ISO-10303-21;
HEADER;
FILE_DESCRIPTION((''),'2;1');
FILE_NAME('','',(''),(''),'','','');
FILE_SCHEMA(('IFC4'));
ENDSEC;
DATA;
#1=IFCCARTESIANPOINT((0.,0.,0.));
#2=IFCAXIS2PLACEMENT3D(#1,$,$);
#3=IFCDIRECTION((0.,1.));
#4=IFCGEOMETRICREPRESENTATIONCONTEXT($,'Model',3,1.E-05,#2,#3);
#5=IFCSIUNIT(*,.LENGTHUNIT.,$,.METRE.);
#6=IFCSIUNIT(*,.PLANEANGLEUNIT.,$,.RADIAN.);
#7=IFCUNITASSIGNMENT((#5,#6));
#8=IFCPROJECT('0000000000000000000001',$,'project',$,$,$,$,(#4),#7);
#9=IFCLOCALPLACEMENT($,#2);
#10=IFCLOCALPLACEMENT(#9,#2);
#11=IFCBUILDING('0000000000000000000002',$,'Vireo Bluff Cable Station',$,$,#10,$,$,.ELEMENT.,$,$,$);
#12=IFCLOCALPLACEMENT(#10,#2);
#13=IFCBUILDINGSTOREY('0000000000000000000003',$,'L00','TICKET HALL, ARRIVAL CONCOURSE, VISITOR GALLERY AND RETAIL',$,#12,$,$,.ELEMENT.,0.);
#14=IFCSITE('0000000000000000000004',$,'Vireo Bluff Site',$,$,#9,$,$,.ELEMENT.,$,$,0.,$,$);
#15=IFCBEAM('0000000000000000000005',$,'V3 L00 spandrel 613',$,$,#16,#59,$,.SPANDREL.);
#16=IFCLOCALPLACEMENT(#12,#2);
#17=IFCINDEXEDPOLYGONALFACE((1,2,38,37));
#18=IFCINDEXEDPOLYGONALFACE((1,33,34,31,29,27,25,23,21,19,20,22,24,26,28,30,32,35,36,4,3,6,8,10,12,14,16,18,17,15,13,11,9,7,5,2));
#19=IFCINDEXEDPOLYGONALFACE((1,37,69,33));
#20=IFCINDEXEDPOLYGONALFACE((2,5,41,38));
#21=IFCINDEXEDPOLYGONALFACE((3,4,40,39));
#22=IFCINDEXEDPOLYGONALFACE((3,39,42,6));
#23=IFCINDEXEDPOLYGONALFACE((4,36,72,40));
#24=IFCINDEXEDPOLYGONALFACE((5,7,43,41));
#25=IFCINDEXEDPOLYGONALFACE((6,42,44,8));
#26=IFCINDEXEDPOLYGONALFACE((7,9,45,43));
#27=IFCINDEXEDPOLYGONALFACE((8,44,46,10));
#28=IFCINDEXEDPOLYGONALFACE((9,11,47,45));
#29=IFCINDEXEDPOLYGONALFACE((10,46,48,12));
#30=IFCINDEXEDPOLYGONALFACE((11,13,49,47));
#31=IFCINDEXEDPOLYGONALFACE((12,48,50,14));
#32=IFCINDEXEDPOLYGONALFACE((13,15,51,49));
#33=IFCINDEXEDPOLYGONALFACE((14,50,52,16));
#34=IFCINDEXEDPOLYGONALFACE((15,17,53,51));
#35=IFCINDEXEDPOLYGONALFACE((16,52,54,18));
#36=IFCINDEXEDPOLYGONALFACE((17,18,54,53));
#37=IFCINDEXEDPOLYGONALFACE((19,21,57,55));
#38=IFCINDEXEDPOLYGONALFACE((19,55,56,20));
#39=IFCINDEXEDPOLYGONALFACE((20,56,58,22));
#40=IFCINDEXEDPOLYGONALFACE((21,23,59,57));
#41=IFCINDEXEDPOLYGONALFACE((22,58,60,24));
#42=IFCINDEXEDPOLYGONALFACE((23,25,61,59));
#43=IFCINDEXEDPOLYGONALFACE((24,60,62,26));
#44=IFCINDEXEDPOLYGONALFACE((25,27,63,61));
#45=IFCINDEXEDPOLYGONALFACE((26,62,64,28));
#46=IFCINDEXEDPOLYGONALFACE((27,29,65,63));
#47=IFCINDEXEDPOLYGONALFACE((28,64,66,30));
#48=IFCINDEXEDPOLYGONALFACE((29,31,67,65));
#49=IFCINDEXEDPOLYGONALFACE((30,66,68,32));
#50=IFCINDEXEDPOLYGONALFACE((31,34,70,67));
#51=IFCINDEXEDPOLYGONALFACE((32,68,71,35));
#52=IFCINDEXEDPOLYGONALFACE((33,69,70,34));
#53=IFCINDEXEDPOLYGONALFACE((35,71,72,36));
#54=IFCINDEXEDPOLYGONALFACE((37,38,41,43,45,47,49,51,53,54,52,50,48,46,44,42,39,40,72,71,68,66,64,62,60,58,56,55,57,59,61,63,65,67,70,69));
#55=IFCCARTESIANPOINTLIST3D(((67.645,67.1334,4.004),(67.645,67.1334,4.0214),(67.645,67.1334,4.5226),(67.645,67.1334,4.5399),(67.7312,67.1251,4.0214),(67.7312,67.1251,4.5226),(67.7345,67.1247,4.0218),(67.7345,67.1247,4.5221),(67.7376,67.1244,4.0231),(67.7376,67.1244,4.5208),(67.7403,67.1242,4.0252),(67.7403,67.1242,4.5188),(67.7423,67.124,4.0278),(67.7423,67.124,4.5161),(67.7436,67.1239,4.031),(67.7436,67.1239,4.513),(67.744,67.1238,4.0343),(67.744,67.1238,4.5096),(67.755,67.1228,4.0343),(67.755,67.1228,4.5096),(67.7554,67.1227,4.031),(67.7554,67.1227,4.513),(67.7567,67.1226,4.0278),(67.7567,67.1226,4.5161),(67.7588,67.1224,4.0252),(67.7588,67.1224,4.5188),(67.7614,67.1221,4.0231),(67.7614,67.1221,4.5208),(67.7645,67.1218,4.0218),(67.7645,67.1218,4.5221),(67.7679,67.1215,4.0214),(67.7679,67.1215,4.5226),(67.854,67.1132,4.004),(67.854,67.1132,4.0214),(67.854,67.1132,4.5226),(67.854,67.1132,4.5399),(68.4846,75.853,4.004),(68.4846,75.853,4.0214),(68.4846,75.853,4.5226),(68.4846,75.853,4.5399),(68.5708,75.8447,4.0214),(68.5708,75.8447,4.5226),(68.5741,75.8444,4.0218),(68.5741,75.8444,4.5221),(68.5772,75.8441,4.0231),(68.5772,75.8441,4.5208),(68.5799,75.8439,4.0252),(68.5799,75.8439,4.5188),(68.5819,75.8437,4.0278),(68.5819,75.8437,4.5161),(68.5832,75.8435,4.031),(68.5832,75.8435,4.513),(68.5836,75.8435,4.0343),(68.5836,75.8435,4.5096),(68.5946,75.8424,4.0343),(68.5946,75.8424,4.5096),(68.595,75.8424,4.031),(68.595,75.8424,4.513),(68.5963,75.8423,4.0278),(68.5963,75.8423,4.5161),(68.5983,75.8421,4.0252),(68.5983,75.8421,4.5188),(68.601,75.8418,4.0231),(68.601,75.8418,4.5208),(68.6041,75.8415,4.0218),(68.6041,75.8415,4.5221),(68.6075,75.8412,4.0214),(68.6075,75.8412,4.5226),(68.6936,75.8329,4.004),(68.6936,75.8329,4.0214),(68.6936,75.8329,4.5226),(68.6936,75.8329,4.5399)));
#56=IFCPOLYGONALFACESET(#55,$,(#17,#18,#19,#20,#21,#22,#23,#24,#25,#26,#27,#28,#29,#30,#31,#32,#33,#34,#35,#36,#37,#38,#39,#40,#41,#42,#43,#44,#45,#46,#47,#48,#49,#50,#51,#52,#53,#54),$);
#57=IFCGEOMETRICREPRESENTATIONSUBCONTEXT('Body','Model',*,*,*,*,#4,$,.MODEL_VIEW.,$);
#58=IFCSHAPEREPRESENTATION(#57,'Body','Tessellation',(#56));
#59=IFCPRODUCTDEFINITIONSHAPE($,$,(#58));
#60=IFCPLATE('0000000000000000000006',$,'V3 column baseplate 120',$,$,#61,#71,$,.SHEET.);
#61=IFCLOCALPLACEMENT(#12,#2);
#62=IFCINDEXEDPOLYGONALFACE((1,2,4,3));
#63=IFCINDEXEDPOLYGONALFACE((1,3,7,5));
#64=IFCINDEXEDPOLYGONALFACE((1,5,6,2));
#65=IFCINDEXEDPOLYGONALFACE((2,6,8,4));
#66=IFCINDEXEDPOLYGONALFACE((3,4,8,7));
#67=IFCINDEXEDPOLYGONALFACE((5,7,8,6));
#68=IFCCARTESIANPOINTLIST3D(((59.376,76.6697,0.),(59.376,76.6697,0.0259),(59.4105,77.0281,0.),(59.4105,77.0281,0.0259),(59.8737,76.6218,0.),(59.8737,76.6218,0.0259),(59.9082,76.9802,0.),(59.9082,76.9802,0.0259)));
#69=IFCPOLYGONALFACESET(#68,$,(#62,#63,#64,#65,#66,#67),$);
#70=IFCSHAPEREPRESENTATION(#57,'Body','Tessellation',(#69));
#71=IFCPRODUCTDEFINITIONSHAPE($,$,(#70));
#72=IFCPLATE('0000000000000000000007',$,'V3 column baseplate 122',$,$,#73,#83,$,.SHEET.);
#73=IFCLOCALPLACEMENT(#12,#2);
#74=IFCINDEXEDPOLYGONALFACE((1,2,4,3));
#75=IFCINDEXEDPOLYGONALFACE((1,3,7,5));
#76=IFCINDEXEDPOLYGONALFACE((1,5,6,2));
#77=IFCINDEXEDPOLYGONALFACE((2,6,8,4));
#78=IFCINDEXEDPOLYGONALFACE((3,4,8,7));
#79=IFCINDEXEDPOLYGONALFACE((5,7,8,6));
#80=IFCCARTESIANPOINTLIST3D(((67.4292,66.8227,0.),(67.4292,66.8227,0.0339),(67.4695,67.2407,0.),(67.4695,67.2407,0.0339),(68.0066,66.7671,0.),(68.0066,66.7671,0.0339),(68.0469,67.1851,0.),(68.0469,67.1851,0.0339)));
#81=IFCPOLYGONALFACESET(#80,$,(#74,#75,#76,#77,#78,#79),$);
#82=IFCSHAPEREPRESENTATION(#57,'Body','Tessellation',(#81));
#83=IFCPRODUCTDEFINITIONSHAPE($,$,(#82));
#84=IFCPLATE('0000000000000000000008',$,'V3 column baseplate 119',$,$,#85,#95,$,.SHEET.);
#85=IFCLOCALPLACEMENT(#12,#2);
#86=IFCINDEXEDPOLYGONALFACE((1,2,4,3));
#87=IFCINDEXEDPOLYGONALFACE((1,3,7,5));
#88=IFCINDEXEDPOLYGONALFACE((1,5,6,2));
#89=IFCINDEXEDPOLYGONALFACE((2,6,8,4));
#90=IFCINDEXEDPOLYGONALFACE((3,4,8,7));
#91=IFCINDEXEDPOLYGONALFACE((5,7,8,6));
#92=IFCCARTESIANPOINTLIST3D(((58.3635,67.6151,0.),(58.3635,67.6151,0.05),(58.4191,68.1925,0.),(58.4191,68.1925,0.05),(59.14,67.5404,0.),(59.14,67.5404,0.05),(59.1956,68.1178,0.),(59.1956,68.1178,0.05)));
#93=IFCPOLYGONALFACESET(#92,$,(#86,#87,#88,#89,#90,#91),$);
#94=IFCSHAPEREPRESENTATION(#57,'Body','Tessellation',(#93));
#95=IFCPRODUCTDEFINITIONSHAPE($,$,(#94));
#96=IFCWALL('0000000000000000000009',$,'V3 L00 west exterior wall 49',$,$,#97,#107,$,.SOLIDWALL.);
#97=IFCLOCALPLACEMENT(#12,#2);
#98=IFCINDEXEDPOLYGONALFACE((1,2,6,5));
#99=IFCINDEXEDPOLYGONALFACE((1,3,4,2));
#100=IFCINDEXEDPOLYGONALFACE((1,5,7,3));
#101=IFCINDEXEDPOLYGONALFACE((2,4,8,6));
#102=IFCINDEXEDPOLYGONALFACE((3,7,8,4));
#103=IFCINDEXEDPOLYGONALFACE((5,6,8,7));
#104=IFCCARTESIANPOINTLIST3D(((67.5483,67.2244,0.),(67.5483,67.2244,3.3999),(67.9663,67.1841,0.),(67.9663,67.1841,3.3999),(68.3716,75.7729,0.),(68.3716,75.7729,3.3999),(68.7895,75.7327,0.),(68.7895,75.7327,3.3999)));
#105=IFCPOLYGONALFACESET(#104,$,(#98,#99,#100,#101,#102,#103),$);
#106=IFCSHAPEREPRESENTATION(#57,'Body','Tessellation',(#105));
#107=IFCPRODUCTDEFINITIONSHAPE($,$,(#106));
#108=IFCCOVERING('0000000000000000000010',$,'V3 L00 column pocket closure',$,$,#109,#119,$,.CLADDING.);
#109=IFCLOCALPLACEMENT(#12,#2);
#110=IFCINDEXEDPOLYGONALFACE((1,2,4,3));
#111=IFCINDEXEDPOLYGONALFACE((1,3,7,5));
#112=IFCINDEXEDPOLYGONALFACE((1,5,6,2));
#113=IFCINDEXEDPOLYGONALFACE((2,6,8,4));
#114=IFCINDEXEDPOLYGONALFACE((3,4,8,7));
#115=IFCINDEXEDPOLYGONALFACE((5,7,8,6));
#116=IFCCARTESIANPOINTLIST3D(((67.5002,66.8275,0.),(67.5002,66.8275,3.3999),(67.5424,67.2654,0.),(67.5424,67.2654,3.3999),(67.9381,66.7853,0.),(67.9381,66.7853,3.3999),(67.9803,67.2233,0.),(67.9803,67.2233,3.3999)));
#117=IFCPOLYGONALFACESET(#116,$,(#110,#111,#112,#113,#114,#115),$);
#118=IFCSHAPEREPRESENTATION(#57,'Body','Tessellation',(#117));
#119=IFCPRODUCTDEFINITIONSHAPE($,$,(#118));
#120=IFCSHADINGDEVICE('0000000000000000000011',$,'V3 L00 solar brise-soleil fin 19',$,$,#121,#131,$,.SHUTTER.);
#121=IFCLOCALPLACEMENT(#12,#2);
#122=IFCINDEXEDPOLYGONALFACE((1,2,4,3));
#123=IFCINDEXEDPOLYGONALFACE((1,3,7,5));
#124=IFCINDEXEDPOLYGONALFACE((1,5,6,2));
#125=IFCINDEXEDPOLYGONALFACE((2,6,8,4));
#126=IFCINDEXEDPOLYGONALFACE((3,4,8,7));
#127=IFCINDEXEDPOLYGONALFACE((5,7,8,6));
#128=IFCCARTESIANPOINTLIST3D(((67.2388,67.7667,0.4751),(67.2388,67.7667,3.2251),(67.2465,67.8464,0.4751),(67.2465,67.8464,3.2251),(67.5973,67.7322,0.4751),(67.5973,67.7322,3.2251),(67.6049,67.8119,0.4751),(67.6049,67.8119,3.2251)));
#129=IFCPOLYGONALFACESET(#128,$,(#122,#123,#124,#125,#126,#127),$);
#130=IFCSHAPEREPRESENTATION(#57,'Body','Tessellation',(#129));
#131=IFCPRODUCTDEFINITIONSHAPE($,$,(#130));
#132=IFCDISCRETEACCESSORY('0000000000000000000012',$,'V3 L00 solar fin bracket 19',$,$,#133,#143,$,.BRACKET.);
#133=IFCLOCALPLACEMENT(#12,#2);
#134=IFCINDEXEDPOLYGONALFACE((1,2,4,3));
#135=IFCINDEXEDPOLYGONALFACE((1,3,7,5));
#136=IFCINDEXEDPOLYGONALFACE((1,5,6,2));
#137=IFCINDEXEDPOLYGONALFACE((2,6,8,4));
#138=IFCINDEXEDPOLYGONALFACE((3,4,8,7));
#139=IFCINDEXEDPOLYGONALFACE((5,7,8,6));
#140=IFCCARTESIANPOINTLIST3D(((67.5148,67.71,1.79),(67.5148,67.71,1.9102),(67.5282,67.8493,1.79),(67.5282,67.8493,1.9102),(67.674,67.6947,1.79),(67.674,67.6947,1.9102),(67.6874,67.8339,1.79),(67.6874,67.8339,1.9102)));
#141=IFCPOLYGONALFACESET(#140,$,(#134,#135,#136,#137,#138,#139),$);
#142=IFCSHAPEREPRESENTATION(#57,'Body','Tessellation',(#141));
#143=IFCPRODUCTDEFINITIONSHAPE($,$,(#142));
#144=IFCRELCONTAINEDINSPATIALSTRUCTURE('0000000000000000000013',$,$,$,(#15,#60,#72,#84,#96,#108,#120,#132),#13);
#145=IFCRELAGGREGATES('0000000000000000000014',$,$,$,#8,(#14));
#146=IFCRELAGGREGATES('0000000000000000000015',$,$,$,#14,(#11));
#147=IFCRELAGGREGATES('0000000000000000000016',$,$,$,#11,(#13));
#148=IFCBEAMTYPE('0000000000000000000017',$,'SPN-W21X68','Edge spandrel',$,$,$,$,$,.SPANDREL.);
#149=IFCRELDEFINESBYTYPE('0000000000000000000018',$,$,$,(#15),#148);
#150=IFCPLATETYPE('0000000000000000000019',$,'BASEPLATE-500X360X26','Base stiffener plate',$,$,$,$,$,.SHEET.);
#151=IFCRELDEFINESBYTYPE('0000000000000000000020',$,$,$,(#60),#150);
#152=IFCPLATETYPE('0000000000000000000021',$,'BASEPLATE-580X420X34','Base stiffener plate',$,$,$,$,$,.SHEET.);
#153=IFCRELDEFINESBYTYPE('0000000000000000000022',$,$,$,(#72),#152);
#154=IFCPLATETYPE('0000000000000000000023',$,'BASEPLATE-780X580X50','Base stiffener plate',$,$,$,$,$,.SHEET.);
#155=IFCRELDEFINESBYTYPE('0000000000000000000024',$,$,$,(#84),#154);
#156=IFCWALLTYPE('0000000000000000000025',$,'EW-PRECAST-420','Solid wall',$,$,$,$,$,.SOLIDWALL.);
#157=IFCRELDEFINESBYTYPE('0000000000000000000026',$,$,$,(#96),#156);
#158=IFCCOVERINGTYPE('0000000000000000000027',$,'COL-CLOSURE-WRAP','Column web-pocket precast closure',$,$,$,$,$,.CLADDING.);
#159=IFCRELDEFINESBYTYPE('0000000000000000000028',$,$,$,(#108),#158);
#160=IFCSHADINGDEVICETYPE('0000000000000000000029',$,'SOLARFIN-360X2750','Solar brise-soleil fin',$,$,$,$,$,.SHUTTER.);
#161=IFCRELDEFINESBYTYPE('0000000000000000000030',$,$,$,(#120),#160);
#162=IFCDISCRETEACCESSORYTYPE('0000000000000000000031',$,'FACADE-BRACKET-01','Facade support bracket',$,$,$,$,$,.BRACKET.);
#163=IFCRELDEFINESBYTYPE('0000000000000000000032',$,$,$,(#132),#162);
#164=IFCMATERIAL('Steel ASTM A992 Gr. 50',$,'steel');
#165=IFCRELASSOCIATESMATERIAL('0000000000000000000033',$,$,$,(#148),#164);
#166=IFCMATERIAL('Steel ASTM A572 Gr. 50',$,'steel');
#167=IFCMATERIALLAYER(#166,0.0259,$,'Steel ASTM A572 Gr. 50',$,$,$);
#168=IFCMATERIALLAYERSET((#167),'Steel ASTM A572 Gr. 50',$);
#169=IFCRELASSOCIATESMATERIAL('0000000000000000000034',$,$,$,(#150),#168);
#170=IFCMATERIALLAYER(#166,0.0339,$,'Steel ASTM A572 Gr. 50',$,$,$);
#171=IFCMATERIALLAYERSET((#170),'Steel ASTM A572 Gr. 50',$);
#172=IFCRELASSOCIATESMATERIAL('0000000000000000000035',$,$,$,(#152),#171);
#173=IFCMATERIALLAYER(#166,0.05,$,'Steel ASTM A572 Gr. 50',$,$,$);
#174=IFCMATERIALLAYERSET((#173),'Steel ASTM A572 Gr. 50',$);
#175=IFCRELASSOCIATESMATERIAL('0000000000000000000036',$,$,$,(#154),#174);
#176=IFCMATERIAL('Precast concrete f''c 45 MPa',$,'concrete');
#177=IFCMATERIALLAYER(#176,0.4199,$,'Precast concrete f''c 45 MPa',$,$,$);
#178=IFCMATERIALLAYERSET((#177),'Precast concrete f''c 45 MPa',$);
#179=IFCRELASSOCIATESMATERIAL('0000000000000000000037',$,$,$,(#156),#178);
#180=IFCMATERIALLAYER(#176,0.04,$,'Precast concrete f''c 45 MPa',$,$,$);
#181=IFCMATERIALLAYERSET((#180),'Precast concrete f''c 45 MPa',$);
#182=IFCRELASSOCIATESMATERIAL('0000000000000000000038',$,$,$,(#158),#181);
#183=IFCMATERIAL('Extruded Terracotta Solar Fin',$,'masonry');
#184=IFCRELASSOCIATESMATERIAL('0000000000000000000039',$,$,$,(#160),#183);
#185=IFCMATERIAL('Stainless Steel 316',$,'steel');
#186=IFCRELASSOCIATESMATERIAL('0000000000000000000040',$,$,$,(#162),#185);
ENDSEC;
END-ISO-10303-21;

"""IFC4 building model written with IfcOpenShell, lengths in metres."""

from ifc_helpers import new_model, si_unit, direction, frame, frame_2d, origin, origin_2d, place, context, subcontext, project, spatial, rectangle, i_section, extrude, material, layer, layer_set, material_profile, profile_set, type_object, element, save


model = new_model("IFC4")

# Units and contexts
model_context = context("Model", 3, precision=1e-05, world=origin(), true_north=direction((0.0, 1.0)))
body_context = subcontext(model_context, "Body", "Model", "MODEL_VIEW")
ifc_project = project(units=[si_unit("LENGTHUNIT", "METRE"), si_unit("PLANEANGLEUNIT", "RADIAN")], contexts=[model_context])

# Site, building, storey
site_placement = place(None, origin())
site = spatial("IfcSite", under=ifc_project, at=site_placement, Name="Vireo Bluff Site", CompositionType="ELEMENT", RefElevation=0.0)
building_placement = place(site_placement, origin())
building = spatial("IfcBuilding", under=site, at=building_placement, Name="Vireo Bluff Cable Station", CompositionType="ELEMENT")
storey_placement = place(building_placement, origin())
storey = spatial("IfcBuildingStorey", under=building, at=storey_placement, Name="L00", Description="TICKET HALL, ARRIVAL CONCOURSE, VISITOR GALLERY AND RETAIL", CompositionType="ELEMENT", Elevation=0.0)

# Shared definitions
ifc_material_1 = material(Name="Steel ASTM A992 Gr. 50", Category="steel")

# Beam
ifc_material_profile_1 = material_profile(ifc_material_1, i_section(OverallWidth=0.21, OverallDepth=0.5359, WebThickness=0.011, FlangeThickness=0.0173, FilletRadius=0.0129, at=origin_2d()), Name="W21X68")
ifc_profile_set_1 = profile_set([ifc_material_profile_1], Name="Steel ASTM A992 Gr. 50")
beam_type = type_object("IfcBeamType", Name="SPN-W21X68", Description="Edge spandrel", PredefinedType="SPANDREL", material=ifc_profile_set_1)
beam_placement = place(storey_placement, frame((67.7495, 67.1233, 4.272), z_axis=(0.095844, 0.995396, 0.0), x_axis=(-0.995396, 0.095844, 0.0)))
element("IfcBeam", 1, at=beam_placement, inside=storey, type_object=beam_type, Name="V3 L00 spandrel 613", PredefinedType="SPANDREL", context=body_context, shape_type="SweptSolid", body=[
    extrude(i_section(OverallWidth=0.21, OverallDepth=0.5359, WebThickness=0.011, FlangeThickness=0.0173, FilletRadius=0.0129, at=origin_2d()), origin(), (0.0, 0.0, 1.0), 8.76),
])

# Plates
ifc_material_2 = material(Name="Steel ASTM A572 Gr. 50", Category="steel")
ifc_layer_1 = layer(ifc_material_2, 0.0259, Name="Steel ASTM A572 Gr. 50")
ifc_layer_set_1 = layer_set([ifc_layer_1], Name="Steel ASTM A572 Gr. 50")
plate_type_1 = type_object("IfcPlateType", Name="BASEPLATE-500X360X26", Description="Base stiffener plate", PredefinedType="SHEET", material=ifc_layer_set_1)
plate_1_placement = place(storey_placement, frame((59.6421, 76.825, 0.0), z_axis=(0.0, 0.0, 1.0), x_axis=(0.995396, -0.095846, 0.0)))
element("IfcPlate", 2, at=plate_1_placement, inside=storey, type_object=plate_type_1, Name="V3 column baseplate 120", PredefinedType="SHEET", context=body_context, shape_type="SweptSolid", body=[
    extrude(rectangle(XDim=0.5, YDim=0.3601, at=origin_2d()), origin(), (0.0, 0.0, 1.0), 0.0259),
])
ifc_layer_2 = layer(ifc_material_2, 0.0339, Name="Steel ASTM A572 Gr. 50")
ifc_layer_set_2 = layer_set([ifc_layer_2], Name="Steel ASTM A572 Gr. 50")
plate_type_2 = type_object("IfcPlateType", Name="BASEPLATE-580X420X34", Description="Base stiffener plate", PredefinedType="SHEET", material=ifc_layer_set_2)
plate_2_placement = place(storey_placement, frame((67.738, 67.0039, 0.0), z_axis=(0.0, 0.0, 1.0), x_axis=(0.995396, -0.095846, 0.0)))
element("IfcPlate", 3, at=plate_2_placement, inside=storey, type_object=plate_type_2, Name="V3 column baseplate 122", PredefinedType="SHEET", context=body_context, shape_type="SweptSolid", body=[
    extrude(rectangle(XDim=0.5801, YDim=0.4199, at=origin_2d()), origin(), (0.0, 0.0, 1.0), 0.0339),
])
ifc_layer_3 = layer(ifc_material_2, 0.05, Name="Steel ASTM A572 Gr. 50")
ifc_layer_set_3 = layer_set([ifc_layer_3], Name="Steel ASTM A572 Gr. 50")
plate_type_3 = type_object("IfcPlateType", Name="BASEPLATE-780X580X50", Description="Base stiffener plate", PredefinedType="SHEET", material=ifc_layer_set_3)
plate_3_placement = place(storey_placement, frame((58.7795, 67.8665, 0.0), z_axis=(0.0, 0.0, 1.0), x_axis=(0.995396, -0.095846, 0.0)))
element("IfcPlate", 4, at=plate_3_placement, inside=storey, type_object=plate_type_3, Name="V3 column baseplate 119", PredefinedType="SHEET", context=body_context, shape_type="SweptSolid", body=[
    extrude(rectangle(XDim=0.78, YDim=0.5801, at=origin_2d()), origin(), (0.0, 0.0, 1.0), 0.05),
])

# Wall
ifc_material_3 = material(Name="Precast concrete f'c 45 MPa", Category="concrete")
ifc_layer_4 = layer(ifc_material_3, 0.4199, Name="Precast concrete f'c 45 MPa")
ifc_layer_set_4 = layer_set([ifc_layer_4], Name="Precast concrete f'c 45 MPa")
wall_type = type_object("IfcWallType", Name="EW-PRECAST-420", Description="Solid wall", PredefinedType="SOLIDWALL", material=ifc_layer_set_4)
wall_placement = place(storey_placement, frame((67.7573, 67.2043, 0.0), z_axis=(0.0, 0.0, 1.0), x_axis=(0.095858, 0.995395, 0.0)))
element("IfcWall", 5, at=wall_placement, inside=storey, type_object=wall_type, Name="V3 L00 west exterior wall 49", PredefinedType="SOLIDWALL", context=body_context, shape_type="SweptSolid", body=[
    extrude(rectangle(XDim=8.5881, YDim=0.4199, at=frame_2d((4.2939, 0.0))), origin(), (0.0, 0.0, 1.0), 3.3999),
])

# Covering
ifc_layer_5 = layer(ifc_material_3, 0.04, Name="Precast concrete f'c 45 MPa")
ifc_layer_set_5 = layer_set([ifc_layer_5], Name="Precast concrete f'c 45 MPa")
covering_type = type_object("IfcCoveringType", Name="COL-CLOSURE-WRAP", Description="Column web-pocket precast closure", PredefinedType="CLADDING", material=ifc_layer_set_5)
covering_placement = place(storey_placement, frame((67.7402, 67.0254, 0.0), z_axis=(0.0, 0.0, 1.0), x_axis=(0.995396, -0.095846, 0.0)))
element("IfcCovering", 6, at=covering_placement, inside=storey, type_object=covering_type, Name="V3 L00 column pocket closure", PredefinedType="CLADDING", context=body_context, shape_type="SweptSolid", body=[
    extrude(rectangle(XDim=0.4399, YDim=0.4399, at=origin_2d()), origin(), (0.0, 0.0, 1.0), 3.3999),
])

# Shading device
ifc_material_4 = material(Name="Extruded Terracotta Solar Fin", Category="masonry")
shading_device_type = type_object("IfcShadingDeviceType", Name="SOLARFIN-360X2750", Description="Solar brise-soleil fin", PredefinedType="SHUTTER", material=ifc_material_4)
shading_device_placement = place(storey_placement, frame((67.4219, 67.7893, 0.4751), z_axis=(0.0, 0.0, 1.0), x_axis=(0.095846, 0.995396, 0.0)))
element("IfcShadingDevice", 7, at=shading_device_placement, inside=storey, type_object=shading_device_type, Name="V3 L00 solar brise-soleil fin 19", PredefinedType="SHUTTER", context=body_context, shape_type="SweptSolid", body=[
    extrude(rectangle(XDim=0.0801, YDim=0.3601, at=origin_2d()), origin(), (0.0, 0.0, 1.0), 2.75),
])

# Discrete accessory
ifc_material_5 = material(Name="Stainless Steel 316", Category="steel")
discrete_accessory_type = type_object("IfcDiscreteAccessoryType", Name="FACADE-BRACKET-01", Description="Facade support bracket", PredefinedType="BRACKET", material=ifc_material_5)
discrete_accessory_placement = place(storey_placement, frame((67.6011, 67.772, 1.79), z_axis=(0.0, 0.0, 1.0), x_axis=(0.095846, 0.995396, 0.0)))
element("IfcDiscreteAccessory", 8, at=discrete_accessory_placement, inside=storey, type_object=discrete_accessory_type, Name="V3 L00 solar fin bracket 19", PredefinedType="BRACKET", context=body_context, shape_type="SweptSolid", body=[
    extrude(rectangle(XDim=0.1399, YDim=0.1599, at=origin_2d()), origin(), (0.0, 0.0, 1.0), 0.1201),
])

save(model, "model.ifc")
